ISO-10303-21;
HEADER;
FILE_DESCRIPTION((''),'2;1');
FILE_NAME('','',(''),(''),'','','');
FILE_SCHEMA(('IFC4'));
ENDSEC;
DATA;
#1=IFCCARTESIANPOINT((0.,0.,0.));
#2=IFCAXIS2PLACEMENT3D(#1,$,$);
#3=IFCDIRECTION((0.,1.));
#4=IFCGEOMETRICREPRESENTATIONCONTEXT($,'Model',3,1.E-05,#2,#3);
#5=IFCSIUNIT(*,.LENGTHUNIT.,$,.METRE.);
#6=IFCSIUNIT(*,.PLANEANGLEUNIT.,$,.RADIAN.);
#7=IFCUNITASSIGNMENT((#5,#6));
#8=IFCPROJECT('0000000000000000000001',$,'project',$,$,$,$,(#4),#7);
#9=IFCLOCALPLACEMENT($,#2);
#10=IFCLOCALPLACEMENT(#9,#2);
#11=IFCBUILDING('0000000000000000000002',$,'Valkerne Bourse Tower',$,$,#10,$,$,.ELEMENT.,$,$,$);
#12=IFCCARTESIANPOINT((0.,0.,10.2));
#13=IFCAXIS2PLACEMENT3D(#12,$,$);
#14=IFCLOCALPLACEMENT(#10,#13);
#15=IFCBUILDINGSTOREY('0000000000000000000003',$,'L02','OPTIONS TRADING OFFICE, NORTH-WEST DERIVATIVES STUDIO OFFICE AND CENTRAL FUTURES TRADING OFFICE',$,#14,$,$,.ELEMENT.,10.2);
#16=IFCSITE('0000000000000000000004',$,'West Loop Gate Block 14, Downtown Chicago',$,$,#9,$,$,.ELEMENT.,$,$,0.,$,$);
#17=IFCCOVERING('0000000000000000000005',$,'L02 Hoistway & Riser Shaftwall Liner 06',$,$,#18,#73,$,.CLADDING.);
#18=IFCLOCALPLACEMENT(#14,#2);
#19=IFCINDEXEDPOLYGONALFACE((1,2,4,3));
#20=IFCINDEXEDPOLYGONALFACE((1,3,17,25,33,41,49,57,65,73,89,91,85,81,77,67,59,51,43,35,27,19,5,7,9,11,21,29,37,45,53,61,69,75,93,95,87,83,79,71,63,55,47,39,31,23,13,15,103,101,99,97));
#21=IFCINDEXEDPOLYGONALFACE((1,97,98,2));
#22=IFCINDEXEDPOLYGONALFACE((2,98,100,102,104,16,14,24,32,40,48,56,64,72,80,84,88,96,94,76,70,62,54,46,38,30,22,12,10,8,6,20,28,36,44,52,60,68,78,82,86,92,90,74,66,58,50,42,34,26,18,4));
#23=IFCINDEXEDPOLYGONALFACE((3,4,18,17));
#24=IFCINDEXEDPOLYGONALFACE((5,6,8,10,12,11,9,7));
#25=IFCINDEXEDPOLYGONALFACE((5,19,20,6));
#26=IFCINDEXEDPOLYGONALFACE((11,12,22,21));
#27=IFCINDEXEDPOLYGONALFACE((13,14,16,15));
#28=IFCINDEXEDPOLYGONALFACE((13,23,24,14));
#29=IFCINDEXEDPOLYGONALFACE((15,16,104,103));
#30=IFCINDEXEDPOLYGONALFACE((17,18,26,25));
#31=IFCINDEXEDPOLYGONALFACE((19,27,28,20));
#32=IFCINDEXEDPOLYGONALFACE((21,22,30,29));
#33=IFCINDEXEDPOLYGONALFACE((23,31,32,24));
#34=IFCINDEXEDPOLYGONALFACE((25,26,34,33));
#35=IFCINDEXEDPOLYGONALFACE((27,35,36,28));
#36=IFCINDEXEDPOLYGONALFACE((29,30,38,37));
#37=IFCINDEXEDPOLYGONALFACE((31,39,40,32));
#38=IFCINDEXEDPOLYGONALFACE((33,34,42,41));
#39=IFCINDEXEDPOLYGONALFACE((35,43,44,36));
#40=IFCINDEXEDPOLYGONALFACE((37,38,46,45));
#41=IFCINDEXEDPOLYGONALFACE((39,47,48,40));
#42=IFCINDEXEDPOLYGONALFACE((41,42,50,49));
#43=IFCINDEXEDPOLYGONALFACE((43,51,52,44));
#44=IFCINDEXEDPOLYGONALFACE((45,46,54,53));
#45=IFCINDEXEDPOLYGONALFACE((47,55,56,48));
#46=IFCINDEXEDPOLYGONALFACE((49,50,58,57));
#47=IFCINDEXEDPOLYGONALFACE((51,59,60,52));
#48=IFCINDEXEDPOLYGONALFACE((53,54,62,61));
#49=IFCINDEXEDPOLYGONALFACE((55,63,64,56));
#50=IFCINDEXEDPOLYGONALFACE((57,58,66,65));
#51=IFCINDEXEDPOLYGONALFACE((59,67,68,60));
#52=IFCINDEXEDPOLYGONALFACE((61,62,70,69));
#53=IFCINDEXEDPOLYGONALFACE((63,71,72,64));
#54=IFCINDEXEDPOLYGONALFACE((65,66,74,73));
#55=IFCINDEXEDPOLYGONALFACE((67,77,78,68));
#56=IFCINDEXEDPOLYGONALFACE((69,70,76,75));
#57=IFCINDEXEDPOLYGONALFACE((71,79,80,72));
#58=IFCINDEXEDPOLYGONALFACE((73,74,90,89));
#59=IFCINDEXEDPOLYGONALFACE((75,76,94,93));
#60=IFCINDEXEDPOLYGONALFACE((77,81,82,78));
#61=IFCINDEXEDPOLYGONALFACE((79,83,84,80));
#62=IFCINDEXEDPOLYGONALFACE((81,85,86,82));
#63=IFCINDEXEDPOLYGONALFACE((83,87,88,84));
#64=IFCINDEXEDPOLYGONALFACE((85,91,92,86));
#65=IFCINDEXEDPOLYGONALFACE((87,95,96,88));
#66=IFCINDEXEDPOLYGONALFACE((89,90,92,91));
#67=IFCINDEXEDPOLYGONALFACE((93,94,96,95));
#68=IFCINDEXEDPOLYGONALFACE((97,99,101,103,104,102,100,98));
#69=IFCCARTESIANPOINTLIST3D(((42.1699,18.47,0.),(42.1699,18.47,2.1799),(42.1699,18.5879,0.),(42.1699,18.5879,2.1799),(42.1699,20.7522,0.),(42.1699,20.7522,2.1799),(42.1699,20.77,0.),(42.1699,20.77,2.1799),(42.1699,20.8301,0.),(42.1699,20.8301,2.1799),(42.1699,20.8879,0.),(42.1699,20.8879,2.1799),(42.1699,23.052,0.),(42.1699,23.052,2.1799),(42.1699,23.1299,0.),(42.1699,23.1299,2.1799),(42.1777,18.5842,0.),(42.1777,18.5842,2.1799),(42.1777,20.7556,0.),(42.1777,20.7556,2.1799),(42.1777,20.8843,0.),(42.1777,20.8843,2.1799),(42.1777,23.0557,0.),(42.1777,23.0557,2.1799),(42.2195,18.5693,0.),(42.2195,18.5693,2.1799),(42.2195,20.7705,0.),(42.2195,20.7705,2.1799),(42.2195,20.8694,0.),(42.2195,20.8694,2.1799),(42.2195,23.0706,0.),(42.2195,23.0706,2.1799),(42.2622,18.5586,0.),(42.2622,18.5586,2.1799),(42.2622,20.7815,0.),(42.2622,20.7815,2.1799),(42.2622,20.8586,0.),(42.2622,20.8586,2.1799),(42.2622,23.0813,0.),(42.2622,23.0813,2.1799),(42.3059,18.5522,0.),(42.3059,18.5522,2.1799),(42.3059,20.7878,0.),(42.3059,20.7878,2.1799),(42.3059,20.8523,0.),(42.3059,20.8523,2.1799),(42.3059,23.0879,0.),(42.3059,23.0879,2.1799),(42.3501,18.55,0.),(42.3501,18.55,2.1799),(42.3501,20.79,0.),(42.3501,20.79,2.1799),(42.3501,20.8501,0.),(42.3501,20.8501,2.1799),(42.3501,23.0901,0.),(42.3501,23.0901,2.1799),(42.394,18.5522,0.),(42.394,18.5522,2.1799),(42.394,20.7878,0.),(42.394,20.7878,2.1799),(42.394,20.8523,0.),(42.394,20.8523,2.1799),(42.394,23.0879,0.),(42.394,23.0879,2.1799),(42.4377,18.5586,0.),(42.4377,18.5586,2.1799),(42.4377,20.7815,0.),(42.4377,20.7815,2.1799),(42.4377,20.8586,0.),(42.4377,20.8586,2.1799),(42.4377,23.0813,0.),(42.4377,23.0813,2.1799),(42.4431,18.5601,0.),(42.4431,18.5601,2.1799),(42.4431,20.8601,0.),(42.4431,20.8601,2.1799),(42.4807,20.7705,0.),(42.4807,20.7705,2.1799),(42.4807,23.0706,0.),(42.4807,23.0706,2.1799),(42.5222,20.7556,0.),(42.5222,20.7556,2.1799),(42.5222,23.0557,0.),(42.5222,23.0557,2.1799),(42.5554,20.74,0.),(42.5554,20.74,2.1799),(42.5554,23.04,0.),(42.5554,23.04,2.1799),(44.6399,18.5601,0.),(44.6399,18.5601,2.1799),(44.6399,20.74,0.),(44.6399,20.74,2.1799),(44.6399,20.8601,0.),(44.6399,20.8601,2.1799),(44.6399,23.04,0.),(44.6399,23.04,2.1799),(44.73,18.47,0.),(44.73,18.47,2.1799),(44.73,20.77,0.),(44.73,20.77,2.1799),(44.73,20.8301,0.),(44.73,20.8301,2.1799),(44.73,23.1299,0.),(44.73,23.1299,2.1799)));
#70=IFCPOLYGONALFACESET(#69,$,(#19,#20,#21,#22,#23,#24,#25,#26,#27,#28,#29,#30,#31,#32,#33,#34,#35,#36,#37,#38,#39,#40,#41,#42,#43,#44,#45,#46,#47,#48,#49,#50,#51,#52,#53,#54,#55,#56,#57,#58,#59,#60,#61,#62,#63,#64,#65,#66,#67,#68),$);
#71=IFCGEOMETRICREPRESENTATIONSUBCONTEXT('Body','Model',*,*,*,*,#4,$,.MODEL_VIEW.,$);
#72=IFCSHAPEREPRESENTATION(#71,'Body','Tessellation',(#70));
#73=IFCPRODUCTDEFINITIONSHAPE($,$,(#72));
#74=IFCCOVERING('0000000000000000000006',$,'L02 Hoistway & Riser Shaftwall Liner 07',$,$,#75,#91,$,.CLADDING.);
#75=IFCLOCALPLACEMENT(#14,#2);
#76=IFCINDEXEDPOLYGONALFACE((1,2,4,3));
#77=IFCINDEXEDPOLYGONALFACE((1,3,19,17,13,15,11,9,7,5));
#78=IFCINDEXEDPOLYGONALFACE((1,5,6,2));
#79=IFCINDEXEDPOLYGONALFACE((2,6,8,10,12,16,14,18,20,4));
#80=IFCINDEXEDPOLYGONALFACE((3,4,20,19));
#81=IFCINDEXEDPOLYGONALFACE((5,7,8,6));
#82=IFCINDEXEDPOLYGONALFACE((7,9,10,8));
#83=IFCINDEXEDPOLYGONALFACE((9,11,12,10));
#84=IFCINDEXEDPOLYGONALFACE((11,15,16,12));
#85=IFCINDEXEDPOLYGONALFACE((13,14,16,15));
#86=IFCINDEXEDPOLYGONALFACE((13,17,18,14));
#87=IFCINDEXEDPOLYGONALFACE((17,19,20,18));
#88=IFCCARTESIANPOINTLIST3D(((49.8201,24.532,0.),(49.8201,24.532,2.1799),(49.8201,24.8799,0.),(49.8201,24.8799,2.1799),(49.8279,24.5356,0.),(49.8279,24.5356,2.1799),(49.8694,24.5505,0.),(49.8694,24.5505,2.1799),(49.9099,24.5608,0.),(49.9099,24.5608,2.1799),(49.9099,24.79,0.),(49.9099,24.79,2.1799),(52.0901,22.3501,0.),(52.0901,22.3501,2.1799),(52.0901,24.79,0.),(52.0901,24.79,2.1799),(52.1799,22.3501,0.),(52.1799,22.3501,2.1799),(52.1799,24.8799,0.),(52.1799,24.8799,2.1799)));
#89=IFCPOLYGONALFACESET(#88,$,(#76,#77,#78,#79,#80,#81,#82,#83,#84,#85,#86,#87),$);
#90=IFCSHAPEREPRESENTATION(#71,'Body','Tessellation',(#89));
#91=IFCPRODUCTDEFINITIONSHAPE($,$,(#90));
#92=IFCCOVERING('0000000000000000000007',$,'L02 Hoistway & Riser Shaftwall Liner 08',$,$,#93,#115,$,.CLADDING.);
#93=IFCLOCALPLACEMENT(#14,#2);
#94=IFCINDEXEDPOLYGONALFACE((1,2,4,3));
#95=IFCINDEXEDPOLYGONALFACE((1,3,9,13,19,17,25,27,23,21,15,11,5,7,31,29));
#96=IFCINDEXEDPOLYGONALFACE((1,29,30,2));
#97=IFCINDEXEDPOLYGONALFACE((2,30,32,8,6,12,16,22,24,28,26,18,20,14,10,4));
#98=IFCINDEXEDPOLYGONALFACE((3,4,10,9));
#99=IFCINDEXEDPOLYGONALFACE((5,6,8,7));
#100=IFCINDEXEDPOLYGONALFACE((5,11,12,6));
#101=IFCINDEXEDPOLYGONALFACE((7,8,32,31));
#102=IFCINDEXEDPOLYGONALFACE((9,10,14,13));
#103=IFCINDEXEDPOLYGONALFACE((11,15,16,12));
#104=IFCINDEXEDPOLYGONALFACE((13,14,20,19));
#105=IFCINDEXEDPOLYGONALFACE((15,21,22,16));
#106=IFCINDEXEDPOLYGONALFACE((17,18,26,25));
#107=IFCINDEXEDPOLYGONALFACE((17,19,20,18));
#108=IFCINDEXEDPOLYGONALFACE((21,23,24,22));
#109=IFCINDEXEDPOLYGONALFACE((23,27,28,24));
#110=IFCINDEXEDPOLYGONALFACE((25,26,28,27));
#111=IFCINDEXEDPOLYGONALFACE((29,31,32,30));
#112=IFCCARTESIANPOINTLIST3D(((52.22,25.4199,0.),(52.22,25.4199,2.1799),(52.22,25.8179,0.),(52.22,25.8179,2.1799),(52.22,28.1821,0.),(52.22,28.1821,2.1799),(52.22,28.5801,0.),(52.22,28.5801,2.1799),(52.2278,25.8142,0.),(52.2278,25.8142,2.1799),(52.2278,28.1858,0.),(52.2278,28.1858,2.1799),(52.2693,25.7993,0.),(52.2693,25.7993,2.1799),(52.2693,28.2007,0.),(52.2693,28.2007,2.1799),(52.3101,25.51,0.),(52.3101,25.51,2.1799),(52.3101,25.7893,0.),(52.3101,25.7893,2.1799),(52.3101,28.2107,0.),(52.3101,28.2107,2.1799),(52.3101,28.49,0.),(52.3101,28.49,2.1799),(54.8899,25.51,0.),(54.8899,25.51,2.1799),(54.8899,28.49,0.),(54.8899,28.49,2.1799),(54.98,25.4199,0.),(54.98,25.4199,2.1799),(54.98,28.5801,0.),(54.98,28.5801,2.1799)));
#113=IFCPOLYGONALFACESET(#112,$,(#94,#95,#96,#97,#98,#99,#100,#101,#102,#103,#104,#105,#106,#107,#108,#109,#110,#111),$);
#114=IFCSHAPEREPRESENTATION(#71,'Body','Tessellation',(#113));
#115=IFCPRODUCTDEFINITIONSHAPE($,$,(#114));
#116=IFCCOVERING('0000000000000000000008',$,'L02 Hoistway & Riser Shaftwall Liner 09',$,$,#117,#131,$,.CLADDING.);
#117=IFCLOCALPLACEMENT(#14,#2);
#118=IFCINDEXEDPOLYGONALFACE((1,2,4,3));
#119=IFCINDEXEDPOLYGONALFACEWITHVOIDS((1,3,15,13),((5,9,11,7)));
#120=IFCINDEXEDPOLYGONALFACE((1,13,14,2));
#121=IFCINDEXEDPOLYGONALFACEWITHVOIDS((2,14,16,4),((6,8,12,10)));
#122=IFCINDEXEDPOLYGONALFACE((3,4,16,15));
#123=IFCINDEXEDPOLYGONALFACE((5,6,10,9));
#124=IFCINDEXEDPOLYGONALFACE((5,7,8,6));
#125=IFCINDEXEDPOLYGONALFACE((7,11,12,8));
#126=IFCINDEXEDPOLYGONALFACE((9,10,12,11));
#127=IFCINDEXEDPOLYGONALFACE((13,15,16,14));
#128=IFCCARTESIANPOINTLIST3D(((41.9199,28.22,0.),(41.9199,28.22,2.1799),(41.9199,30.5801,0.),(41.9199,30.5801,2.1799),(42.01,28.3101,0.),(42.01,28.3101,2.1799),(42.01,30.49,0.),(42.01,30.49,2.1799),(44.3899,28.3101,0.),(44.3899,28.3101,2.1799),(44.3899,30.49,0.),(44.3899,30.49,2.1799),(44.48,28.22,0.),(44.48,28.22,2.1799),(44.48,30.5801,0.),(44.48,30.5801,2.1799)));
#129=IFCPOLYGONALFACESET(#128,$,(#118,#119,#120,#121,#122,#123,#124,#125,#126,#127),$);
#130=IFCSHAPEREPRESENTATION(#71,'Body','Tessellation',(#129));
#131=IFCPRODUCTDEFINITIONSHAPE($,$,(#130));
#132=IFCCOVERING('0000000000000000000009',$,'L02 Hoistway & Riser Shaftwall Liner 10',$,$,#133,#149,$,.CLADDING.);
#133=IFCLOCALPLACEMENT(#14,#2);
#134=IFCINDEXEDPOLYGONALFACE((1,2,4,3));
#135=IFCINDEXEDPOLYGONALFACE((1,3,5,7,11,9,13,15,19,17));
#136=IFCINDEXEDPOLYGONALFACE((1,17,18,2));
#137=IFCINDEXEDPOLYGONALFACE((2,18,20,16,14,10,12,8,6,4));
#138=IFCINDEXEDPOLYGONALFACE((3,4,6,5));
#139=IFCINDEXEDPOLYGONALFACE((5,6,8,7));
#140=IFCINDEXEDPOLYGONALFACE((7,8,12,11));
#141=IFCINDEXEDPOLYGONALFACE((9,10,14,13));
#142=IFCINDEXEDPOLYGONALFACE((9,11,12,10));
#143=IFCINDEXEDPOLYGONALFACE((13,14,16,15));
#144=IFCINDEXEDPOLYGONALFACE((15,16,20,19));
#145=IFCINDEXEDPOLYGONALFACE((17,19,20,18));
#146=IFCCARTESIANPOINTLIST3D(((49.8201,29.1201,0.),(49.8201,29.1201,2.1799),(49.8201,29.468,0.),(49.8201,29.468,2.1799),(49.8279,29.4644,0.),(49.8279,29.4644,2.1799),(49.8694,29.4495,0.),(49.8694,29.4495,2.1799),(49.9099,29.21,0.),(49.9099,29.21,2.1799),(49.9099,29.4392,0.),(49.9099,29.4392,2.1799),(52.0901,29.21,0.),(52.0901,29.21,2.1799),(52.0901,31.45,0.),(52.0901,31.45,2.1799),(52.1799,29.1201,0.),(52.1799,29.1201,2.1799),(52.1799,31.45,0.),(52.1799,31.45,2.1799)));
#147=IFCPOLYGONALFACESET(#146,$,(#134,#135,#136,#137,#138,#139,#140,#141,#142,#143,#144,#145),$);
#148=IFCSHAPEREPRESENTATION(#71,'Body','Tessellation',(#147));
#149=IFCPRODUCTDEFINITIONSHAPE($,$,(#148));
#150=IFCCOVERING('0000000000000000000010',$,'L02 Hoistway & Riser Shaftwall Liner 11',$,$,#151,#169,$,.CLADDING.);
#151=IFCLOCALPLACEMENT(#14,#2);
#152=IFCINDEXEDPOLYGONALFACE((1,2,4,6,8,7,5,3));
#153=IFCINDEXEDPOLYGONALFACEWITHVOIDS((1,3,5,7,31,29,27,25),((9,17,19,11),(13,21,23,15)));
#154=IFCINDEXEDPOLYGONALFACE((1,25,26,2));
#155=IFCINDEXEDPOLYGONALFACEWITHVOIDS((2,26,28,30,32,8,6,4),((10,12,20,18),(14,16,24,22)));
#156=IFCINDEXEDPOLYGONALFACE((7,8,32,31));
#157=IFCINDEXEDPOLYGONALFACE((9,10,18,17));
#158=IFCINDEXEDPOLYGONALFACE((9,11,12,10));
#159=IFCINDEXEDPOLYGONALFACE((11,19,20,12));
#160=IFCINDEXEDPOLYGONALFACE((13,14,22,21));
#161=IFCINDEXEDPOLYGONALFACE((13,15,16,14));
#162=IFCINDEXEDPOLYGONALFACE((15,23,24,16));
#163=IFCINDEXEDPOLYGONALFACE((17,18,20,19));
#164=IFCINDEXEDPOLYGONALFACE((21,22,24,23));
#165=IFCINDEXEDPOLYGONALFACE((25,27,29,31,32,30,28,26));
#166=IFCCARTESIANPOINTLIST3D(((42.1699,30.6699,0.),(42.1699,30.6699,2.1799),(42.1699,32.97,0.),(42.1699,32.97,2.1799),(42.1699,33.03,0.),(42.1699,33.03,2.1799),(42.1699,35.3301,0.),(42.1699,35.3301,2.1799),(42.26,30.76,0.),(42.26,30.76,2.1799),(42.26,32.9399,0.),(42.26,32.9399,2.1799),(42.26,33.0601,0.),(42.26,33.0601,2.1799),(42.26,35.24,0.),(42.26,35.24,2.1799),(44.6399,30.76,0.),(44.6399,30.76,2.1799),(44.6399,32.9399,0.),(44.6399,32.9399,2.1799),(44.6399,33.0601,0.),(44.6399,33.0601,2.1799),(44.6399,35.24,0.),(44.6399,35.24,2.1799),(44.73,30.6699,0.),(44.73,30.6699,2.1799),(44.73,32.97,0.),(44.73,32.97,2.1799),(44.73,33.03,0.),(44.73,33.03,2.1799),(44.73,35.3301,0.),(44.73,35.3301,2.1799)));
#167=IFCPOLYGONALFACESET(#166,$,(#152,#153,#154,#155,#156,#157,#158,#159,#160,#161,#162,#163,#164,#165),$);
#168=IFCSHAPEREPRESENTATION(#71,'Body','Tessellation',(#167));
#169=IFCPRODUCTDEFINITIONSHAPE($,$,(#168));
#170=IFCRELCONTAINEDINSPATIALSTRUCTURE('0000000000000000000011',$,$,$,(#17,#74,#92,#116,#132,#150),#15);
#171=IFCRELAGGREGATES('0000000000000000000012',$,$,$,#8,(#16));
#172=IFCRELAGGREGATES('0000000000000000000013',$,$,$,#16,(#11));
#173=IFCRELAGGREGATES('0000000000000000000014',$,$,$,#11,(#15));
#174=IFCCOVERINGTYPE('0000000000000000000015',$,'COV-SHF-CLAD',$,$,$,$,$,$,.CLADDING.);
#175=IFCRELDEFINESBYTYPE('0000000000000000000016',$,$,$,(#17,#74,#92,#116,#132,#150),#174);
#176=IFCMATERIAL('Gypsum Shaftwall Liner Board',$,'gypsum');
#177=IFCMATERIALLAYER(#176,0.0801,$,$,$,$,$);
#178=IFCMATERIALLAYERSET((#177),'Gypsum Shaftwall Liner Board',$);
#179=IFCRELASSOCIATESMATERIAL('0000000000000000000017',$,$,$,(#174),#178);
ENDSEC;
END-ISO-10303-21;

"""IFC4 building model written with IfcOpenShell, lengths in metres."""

from ifc_helpers import new_model, si_unit, direction, frame, origin, place, context, subcontext, project, spatial, polyline, outline, extrude, material, layer, layer_set, type_object, element, save


model = new_model("IFC4")

# Units and contexts
model_context = context("Model", 3, precision=1e-05, world=origin(), true_north=direction((0.0, 1.0)))
body_context = subcontext(model_context, "Body", "Model", "MODEL_VIEW")
ifc_project = project(units=[si_unit("LENGTHUNIT", "METRE"), si_unit("PLANEANGLEUNIT", "RADIAN")], contexts=[model_context])

# Site, building, storey
site_placement = place(None, origin())
site = spatial("IfcSite", under=ifc_project, at=site_placement, Name="West Loop Gate Block 14, Downtown Chicago", CompositionType="ELEMENT", RefElevation=0.0)
building_placement = place(site_placement, origin())
building = spatial("IfcBuilding", under=site, at=building_placement, Name="Valkerne Bourse Tower", CompositionType="ELEMENT")
storey_placement = place(building_placement, frame((0.0, 0.0, 10.2)))
storey = spatial("IfcBuildingStorey", under=building, at=storey_placement, Name="L02", Description="OPTIONS TRADING OFFICE, NORTH-WEST DERIVATIVES STUDIO OFFICE AND CENTRAL FUTURES TRADING OFFICE", CompositionType="ELEMENT", Elevation=10.2)

# Coverings
ifc_material_1 = material(Name="Gypsum Shaftwall Liner Board", Category="gypsum")
ifc_layer_1 = layer(ifc_material_1, 0.0801)
ifc_layer_set_1 = layer_set([ifc_layer_1], Name="Gypsum Shaftwall Liner Board")
covering_type_1 = type_object("IfcCoveringType", Name="COV-SHF-CLAD", PredefinedType="CLADDING", material=ifc_layer_set_1)
covering_1_placement = place(storey_placement, origin())
element("IfcCovering", 1, at=covering_1_placement, inside=storey, type_object=covering_type_1, Name="L02 Hoistway & Riser Shaftwall Liner 06", PredefinedType="CLADDING", context=body_context, shape_type="SweptSolid", body=[
    extrude(outline(polyline([(42.1699, 20.8301), (42.1699, 20.8879), (42.1777, 20.8843), (42.2195, 20.8694), (42.2622, 20.8586), (42.3059, 20.8523), (42.3501, 20.8501), (42.394, 20.8523), (42.4377, 20.8586), (42.4431, 20.8601), (44.6399, 20.8601), (44.6399, 23.04), (42.5554, 23.04), (42.5222, 23.0557), (42.4807, 23.0706), (42.4377, 23.0813), (42.394, 23.0879), (42.3501, 23.0901), (42.3059, 23.0879), (42.2622, 23.0813), (42.2195, 23.0706), (42.1777, 23.0557), (42.1699, 23.052), (42.1699, 23.1299), (44.73, 23.1299), (44.73, 20.8301), (44.73, 20.77), (44.73, 18.47), (42.1699, 18.47), (42.1699, 18.5879), (42.1777, 18.5842), (42.2195, 18.5693), (42.2622, 18.5586), (42.3059, 18.5522), (42.3501, 18.55), (42.394, 18.5522), (42.4377, 18.5586), (42.4431, 18.5601), (44.6399, 18.5601), (44.6399, 20.74), (42.5554, 20.74), (42.5222, 20.7556), (42.4807, 20.7705), (42.4377, 20.7815), (42.394, 20.7878), (42.3501, 20.79), (42.3059, 20.7878), (42.2622, 20.7815), (42.2195, 20.7705), (42.1777, 20.7556), (42.1699, 20.7522), (42.1699, 20.77), (42.1699, 20.8301)])), origin(), (0.0, 0.0, 1.0), 2.1799),
])
covering_2_placement = place(storey_placement, origin())
element("IfcCovering", 2, at=covering_2_placement, inside=storey, type_object=covering_type_1, Name="L02 Hoistway & Riser Shaftwall Liner 07", PredefinedType="CLADDING", context=body_context, shape_type="SweptSolid", body=[
    extrude(outline(polyline([(52.1799, 22.3501), (52.0901, 22.3501), (52.0901, 24.79), (49.9099, 24.79), (49.9099, 24.5608), (49.8694, 24.5505), (49.8279, 24.5356), (49.8201, 24.532), (49.8201, 24.8799), (52.1799, 24.8799), (52.1799, 22.3501)])), origin(), (0.0, 0.0, 1.0), 2.1799),
])
covering_3_placement = place(storey_placement, origin())
element("IfcCovering", 3, at=covering_3_placement, inside=storey, type_object=covering_type_1, Name="L02 Hoistway & Riser Shaftwall Liner 08", PredefinedType="CLADDING", context=body_context, shape_type="SweptSolid", body=[
    extrude(outline(polyline([(54.98, 25.4199), (52.22, 25.4199), (52.22, 25.8179), (52.2278, 25.8142), (52.2693, 25.7993), (52.3101, 25.7893), (52.3101, 25.51), (54.8899, 25.51), (54.8899, 28.49), (52.3101, 28.49), (52.3101, 28.2107), (52.2693, 28.2007), (52.2278, 28.1858), (52.22, 28.1821), (52.22, 28.5801), (54.98, 28.5801), (54.98, 25.4199)])), origin(), (0.0, 0.0, 1.0), 2.1799),
])
covering_4_placement = place(storey_placement, origin())
element("IfcCovering", 4, at=covering_4_placement, inside=storey, type_object=covering_type_1, Name="L02 Hoistway & Riser Shaftwall Liner 09", PredefinedType="CLADDING", context=body_context, shape_type="SweptSolid", body=[
    extrude(outline(polyline([(44.48, 28.22), (41.9199, 28.22), (41.9199, 30.5801), (44.48, 30.5801), (44.48, 28.22)]), holes=[polyline([(42.01, 30.49), (42.01, 28.3101), (44.3899, 28.3101), (44.3899, 30.49), (42.01, 30.49)])]), origin(), (0.0, 0.0, 1.0), 2.1799),
])
covering_5_placement = place(storey_placement, origin())
element("IfcCovering", 5, at=covering_5_placement, inside=storey, type_object=covering_type_1, Name="L02 Hoistway & Riser Shaftwall Liner 10", PredefinedType="CLADDING", context=body_context, shape_type="SweptSolid", body=[
    extrude(outline(polyline([(49.8201, 29.1201), (49.8201, 29.468), (49.8279, 29.4644), (49.8694, 29.4495), (49.9099, 29.4392), (49.9099, 29.21), (52.0901, 29.21), (52.0901, 31.45), (52.1799, 31.45), (52.1799, 29.1201), (49.8201, 29.1201)])), origin(), (0.0, 0.0, 1.0), 2.1799),
])
covering_6_placement = place(storey_placement, origin())
element("IfcCovering", 6, at=covering_6_placement, inside=storey, type_object=covering_type_1, Name="L02 Hoistway & Riser Shaftwall Liner 11", PredefinedType="CLADDING", context=body_context, shape_type="SweptSolid", body=[
    extrude(outline(polyline([(44.73, 35.3301), (44.73, 33.03), (44.73, 32.97), (44.73, 30.6699), (42.1699, 30.6699), (42.1699, 32.97), (42.1699, 33.03), (42.1699, 35.3301), (44.73, 35.3301)]), holes=[polyline([(42.26, 30.76), (44.6399, 30.76), (44.6399, 32.9399), (42.26, 32.9399), (42.26, 30.76)]), polyline([(42.26, 33.0601), (44.6399, 33.0601), (44.6399, 35.24), (42.26, 35.24), (42.26, 33.0601)])]), origin(), (0.0, 0.0, 1.0), 2.1799),
])

save(model, "model.ifc")
